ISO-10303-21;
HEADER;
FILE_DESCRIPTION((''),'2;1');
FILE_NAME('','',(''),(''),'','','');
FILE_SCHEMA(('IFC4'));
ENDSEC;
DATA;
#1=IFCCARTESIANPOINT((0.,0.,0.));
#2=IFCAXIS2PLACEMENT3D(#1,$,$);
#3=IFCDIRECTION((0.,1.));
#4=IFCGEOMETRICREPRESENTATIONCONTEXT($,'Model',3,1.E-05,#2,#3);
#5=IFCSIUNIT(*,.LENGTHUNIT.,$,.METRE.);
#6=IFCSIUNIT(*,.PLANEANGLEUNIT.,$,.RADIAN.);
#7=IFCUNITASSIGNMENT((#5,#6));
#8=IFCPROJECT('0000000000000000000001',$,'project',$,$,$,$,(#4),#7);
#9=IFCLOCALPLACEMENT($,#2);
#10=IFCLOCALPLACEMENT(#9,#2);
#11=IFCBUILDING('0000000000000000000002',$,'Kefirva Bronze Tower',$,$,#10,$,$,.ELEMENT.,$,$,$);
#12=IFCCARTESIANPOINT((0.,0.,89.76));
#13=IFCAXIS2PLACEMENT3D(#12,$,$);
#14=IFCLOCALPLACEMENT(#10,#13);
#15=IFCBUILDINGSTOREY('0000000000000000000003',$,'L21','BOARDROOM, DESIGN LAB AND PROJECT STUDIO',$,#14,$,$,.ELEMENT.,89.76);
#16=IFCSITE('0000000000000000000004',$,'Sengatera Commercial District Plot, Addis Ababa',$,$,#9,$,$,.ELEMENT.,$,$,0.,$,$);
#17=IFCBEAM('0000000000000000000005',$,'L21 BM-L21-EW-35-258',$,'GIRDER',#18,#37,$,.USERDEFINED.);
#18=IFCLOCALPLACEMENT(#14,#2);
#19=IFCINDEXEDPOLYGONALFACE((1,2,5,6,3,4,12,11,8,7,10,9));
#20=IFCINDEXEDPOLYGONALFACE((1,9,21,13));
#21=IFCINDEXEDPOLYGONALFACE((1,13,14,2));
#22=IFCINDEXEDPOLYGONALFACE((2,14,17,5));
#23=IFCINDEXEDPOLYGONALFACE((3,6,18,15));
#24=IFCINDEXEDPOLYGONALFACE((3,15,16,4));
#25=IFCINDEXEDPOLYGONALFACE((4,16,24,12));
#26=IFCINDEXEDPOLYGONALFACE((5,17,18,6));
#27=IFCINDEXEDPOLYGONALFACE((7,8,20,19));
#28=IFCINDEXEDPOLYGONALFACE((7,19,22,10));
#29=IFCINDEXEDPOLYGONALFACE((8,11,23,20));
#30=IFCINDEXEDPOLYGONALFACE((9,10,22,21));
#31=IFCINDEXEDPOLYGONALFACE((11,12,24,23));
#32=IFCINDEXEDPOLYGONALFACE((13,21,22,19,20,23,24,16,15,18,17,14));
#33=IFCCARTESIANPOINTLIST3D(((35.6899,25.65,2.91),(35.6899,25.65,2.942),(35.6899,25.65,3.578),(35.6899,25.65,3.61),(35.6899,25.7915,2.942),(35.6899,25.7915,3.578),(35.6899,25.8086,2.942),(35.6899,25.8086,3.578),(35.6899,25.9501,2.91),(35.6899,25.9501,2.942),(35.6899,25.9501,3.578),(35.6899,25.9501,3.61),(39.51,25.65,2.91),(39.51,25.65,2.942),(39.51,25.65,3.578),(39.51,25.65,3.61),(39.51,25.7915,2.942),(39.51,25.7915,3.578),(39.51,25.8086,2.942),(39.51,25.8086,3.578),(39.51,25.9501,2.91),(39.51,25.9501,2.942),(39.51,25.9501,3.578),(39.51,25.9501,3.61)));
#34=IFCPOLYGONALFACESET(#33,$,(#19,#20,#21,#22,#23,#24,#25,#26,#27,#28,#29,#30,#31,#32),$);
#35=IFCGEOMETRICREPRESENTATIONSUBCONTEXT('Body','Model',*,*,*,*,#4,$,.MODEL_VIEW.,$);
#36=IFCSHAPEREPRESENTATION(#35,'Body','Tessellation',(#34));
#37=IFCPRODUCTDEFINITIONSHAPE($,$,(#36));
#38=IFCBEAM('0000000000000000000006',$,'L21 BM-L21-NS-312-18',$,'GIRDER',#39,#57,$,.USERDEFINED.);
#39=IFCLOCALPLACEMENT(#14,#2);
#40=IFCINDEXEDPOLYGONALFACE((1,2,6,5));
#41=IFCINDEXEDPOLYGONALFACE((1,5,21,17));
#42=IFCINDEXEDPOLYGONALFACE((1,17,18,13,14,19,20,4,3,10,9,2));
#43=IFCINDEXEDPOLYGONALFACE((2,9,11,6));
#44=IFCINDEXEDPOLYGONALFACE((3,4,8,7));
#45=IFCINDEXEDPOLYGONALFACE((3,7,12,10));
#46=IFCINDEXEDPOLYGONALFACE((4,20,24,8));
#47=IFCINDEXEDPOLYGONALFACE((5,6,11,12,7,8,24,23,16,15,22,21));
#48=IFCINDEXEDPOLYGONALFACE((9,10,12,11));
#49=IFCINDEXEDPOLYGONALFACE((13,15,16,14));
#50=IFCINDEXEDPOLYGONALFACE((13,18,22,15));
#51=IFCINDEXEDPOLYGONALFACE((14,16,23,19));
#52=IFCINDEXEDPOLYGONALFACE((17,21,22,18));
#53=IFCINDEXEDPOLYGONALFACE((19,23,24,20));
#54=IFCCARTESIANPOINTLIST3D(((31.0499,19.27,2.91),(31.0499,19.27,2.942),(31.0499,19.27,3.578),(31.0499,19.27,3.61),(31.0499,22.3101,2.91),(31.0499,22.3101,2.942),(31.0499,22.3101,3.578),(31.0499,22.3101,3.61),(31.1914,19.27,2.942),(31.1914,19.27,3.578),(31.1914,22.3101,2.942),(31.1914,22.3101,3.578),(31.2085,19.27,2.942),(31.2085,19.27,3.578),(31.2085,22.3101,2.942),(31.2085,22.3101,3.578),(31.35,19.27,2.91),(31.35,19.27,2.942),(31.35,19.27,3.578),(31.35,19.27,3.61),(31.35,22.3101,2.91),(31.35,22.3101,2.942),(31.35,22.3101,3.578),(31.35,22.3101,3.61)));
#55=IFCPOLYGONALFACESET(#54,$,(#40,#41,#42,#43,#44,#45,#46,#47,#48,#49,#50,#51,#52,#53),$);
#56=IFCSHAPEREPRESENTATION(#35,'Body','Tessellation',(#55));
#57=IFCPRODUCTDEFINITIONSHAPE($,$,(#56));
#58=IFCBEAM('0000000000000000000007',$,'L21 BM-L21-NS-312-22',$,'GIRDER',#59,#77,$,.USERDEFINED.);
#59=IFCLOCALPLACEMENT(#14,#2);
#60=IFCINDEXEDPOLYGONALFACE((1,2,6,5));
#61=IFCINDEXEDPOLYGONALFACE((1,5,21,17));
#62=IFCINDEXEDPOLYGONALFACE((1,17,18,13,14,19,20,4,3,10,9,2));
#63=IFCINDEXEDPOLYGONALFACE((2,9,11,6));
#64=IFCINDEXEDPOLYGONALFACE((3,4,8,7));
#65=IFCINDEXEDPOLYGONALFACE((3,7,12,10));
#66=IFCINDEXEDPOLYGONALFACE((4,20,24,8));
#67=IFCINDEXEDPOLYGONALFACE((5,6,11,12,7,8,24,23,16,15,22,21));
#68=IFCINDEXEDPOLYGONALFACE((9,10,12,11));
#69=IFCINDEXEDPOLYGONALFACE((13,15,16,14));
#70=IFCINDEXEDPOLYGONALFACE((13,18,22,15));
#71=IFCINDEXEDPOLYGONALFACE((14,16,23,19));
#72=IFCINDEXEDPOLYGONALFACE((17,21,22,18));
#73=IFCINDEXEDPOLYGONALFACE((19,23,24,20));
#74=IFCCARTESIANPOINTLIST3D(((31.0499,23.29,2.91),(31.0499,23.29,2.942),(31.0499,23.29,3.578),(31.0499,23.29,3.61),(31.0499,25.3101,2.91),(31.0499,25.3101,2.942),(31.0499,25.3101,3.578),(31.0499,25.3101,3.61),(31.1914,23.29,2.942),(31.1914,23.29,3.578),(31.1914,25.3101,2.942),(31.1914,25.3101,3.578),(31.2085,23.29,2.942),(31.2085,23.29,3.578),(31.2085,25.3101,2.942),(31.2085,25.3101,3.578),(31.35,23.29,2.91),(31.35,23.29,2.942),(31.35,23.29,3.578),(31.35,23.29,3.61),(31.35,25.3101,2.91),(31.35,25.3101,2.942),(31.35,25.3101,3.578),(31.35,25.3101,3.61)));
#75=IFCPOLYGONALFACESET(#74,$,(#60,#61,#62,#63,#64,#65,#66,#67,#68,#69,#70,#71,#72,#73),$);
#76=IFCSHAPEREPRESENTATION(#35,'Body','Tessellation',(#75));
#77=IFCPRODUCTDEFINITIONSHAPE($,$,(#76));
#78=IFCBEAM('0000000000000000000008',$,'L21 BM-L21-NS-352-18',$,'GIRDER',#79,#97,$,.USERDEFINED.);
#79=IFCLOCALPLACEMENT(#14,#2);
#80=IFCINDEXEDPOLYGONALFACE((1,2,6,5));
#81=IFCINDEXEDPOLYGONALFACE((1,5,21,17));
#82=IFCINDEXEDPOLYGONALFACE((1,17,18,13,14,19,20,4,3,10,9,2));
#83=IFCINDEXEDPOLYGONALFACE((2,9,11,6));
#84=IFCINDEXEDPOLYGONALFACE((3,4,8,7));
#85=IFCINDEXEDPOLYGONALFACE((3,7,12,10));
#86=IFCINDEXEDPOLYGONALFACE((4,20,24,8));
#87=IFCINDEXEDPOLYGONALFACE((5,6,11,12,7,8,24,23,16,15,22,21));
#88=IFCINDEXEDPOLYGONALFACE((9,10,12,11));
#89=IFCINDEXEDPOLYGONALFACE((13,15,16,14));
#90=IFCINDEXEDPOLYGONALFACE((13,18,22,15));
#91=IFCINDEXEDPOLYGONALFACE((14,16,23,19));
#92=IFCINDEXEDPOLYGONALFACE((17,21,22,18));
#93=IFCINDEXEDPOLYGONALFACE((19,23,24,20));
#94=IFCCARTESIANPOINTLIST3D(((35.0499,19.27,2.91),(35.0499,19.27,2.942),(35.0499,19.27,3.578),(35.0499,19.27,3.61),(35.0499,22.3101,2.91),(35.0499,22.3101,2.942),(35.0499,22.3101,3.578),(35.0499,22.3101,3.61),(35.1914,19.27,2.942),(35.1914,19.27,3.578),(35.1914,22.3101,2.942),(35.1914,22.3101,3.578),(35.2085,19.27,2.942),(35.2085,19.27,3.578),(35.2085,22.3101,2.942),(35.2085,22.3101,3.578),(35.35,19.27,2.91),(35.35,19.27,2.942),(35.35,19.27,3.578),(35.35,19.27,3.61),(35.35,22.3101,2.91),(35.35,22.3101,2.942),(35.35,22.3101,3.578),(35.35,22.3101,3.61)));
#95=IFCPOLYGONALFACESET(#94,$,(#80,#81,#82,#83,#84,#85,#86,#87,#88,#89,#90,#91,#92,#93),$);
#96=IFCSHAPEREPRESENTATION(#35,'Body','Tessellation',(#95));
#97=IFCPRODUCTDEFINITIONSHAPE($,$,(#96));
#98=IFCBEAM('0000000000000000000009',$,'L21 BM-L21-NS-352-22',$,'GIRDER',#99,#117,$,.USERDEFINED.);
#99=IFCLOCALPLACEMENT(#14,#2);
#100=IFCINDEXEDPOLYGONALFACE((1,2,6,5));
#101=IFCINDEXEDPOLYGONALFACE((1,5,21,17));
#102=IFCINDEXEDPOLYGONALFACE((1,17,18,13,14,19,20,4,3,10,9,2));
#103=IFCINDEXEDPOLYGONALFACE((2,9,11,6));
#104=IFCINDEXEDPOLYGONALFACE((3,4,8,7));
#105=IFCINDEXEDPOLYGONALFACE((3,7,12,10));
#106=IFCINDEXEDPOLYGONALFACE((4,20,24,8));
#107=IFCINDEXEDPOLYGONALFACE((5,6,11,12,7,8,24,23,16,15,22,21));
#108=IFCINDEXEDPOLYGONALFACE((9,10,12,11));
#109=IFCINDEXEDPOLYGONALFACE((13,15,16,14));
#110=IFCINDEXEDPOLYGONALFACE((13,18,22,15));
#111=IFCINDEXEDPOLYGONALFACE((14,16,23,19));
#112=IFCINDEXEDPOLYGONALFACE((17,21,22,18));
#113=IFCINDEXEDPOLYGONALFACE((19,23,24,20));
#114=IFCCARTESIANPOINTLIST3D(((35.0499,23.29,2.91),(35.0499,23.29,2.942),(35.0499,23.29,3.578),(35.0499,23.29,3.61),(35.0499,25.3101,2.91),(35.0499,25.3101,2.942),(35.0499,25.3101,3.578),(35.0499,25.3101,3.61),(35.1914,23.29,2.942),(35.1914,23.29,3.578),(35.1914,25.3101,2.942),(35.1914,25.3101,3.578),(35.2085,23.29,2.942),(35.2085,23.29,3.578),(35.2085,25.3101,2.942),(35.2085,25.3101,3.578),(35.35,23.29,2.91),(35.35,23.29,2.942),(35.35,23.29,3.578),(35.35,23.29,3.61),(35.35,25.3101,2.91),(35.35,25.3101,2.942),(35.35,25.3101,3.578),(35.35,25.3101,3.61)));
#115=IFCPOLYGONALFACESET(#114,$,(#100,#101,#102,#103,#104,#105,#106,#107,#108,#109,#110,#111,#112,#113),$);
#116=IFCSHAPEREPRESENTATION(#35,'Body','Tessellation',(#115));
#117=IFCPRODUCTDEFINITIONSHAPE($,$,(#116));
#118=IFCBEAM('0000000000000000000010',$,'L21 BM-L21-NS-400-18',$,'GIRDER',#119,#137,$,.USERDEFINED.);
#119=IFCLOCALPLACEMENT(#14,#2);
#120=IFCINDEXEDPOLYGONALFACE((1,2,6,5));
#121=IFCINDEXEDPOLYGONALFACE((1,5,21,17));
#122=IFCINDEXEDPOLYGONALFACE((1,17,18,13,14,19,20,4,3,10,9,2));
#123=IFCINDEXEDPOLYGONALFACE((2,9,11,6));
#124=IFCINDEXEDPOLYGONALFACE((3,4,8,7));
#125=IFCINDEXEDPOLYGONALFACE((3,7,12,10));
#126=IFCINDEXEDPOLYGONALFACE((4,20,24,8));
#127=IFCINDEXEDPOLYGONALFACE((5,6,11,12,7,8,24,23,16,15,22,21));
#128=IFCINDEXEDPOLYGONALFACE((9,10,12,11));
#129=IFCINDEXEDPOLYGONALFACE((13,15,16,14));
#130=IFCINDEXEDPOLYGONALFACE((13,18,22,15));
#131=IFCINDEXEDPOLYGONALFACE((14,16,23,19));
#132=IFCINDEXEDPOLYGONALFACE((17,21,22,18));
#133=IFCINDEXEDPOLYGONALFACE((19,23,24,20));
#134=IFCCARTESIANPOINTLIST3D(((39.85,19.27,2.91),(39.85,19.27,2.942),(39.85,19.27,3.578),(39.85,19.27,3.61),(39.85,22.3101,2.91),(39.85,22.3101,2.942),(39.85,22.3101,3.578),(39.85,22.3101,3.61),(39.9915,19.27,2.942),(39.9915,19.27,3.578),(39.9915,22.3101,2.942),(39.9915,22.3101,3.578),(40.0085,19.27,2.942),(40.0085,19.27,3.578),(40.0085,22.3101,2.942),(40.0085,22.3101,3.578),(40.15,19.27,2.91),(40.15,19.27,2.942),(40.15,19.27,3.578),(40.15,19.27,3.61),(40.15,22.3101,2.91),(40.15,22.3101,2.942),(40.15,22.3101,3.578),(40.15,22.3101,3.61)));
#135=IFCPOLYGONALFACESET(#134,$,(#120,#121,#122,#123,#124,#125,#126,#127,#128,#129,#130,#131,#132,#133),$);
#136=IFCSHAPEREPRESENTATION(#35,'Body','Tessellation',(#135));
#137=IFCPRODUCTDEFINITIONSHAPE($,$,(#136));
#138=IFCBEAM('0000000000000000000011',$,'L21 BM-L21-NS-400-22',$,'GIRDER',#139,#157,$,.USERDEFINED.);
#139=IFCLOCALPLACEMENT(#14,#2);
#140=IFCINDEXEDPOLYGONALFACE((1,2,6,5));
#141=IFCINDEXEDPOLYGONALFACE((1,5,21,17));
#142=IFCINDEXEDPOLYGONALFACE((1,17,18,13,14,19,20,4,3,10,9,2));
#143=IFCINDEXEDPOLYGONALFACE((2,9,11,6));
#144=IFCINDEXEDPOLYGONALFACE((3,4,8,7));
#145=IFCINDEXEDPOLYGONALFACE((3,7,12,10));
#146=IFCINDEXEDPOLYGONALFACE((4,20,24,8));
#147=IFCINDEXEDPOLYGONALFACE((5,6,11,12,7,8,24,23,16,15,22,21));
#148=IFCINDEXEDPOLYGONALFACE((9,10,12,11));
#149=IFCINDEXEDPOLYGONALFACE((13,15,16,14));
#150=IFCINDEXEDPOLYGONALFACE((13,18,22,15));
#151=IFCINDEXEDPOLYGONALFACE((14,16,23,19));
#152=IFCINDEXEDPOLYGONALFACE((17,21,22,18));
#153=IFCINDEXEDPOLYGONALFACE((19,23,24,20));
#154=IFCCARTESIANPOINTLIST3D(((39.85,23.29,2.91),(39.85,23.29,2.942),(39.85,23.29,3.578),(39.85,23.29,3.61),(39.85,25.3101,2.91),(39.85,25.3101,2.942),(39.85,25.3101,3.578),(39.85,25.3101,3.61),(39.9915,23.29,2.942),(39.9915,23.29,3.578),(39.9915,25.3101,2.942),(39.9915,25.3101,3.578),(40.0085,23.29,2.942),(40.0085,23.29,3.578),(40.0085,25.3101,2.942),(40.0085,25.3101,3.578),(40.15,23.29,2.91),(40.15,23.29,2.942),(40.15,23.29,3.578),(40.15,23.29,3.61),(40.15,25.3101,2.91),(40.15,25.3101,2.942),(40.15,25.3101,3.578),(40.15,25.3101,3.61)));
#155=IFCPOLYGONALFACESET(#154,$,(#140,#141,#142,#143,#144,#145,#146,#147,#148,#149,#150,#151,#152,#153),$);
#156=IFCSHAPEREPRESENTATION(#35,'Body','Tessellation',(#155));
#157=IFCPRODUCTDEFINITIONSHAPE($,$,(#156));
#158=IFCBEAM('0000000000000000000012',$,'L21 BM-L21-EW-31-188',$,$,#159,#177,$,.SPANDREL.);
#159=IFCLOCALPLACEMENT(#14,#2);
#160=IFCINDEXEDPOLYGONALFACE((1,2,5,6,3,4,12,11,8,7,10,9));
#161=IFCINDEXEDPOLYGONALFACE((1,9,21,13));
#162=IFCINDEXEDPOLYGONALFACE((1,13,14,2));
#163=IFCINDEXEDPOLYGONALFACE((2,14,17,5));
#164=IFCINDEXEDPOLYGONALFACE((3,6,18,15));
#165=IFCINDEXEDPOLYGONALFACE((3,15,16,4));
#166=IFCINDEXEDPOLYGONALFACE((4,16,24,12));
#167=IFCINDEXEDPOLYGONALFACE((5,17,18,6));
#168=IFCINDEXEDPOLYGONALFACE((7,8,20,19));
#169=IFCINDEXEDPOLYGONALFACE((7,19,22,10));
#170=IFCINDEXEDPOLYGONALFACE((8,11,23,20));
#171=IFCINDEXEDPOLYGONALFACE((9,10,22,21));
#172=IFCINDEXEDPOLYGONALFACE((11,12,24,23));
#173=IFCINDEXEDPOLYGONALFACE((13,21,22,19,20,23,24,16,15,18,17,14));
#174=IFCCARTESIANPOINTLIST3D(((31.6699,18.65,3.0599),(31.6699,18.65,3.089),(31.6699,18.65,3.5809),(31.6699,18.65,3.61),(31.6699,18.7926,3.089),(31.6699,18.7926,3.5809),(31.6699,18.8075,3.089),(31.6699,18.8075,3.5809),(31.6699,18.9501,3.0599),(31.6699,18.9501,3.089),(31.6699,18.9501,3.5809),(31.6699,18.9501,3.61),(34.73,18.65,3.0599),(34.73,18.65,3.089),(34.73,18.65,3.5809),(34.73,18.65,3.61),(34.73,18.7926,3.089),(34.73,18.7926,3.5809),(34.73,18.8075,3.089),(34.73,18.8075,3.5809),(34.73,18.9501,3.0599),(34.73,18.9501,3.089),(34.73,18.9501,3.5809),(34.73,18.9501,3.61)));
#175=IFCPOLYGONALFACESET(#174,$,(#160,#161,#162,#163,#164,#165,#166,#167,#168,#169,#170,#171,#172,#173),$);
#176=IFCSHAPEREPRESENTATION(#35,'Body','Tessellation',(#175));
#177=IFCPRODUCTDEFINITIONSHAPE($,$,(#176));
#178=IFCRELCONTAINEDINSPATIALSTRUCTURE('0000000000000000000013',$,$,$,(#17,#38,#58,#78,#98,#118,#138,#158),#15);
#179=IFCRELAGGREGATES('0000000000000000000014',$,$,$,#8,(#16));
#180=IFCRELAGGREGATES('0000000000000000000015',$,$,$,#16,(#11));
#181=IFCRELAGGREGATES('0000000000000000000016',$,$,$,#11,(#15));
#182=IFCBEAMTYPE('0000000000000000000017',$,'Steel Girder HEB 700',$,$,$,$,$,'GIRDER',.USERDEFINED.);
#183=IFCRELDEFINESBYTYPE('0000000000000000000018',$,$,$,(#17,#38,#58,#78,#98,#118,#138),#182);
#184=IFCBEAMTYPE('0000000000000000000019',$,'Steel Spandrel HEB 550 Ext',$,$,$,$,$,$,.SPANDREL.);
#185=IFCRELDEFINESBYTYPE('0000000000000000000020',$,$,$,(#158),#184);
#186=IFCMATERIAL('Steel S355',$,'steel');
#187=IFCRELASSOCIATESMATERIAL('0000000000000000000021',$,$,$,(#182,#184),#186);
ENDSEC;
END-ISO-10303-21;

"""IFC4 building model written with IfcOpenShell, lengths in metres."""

from ifc_helpers import new_model, si_unit, direction, frame, origin, origin_2d, place, context, subcontext, project, spatial, i_section, extrude, material, material_profile, profile_set, type_object, element, save


model = new_model("IFC4")

# Units and contexts
model_context = context("Model", 3, precision=1e-05, world=origin(), true_north=direction((0.0, 1.0)))
body_context = subcontext(model_context, "Body", "Model", "MODEL_VIEW")
ifc_project = project(units=[si_unit("LENGTHUNIT", "METRE"), si_unit("PLANEANGLEUNIT", "RADIAN")], contexts=[model_context])

# Site, building, storey
site_placement = place(None, origin())
site = spatial("IfcSite", under=ifc_project, at=site_placement, Name="Sengatera Commercial District Plot, Addis Ababa", CompositionType="ELEMENT", RefElevation=0.0)
building_placement = place(site_placement, origin())
building = spatial("IfcBuilding", under=site, at=building_placement, Name="Kefirva Bronze Tower", CompositionType="ELEMENT")
storey_placement = place(building_placement, frame((0.0, 0.0, 89.76)))
storey = spatial("IfcBuildingStorey", under=building, at=storey_placement, Name="L21", Description="BOARDROOM, DESIGN LAB AND PROJECT STUDIO", CompositionType="ELEMENT", Elevation=89.76)

# Beams
ifc_material_1 = material(Name="Steel S355", Category="steel")
ifc_material_profile_1 = material_profile(ifc_material_1, i_section(OverallWidth=0.3, OverallDepth=0.7, WebThickness=0.0171, FlangeThickness=0.032, at=origin_2d()), Name="HEB 700")
ifc_profile_set_1 = profile_set([ifc_material_profile_1], Name="Steel S355")
beam_type_1 = type_object("IfcBeamType", Name="Steel Girder HEB 700", ElementType="GIRDER", PredefinedType="USERDEFINED", material=ifc_profile_set_1)
beam_1_placement = place(storey_placement, frame((35.6899, 25.8, 3.26), z_axis=(1.0, 0.0, 0.0), x_axis=(0.0, 1.0, 0.0)))
element("IfcBeam", 1, at=beam_1_placement, inside=storey, type_object=beam_type_1, Name="L21 BM-L21-EW-35-258", ObjectType="GIRDER", PredefinedType="USERDEFINED", context=body_context, shape_type="SweptSolid", body=[
    extrude(i_section(OverallWidth=0.3, OverallDepth=0.7, WebThickness=0.0171, FlangeThickness=0.032, at=origin_2d()), origin(), (0.0, 0.0, 1.0), 3.8201),
])
beam_2_placement = place(storey_placement, frame((31.2, 19.27, 3.26), z_axis=(0.0, 1.0, 0.0), x_axis=(-1.0, 0.0, 0.0)))
element("IfcBeam", 2, at=beam_2_placement, inside=storey, type_object=beam_type_1, Name="L21 BM-L21-NS-312-18", ObjectType="GIRDER", PredefinedType="USERDEFINED", context=body_context, shape_type="SweptSolid", body=[
    extrude(i_section(OverallWidth=0.3, OverallDepth=0.7, WebThickness=0.0171, FlangeThickness=0.032, at=origin_2d()), origin(), (0.0, 0.0, 1.0), 3.04),
])
beam_3_placement = place(storey_placement, frame((31.2, 23.29, 3.26), z_axis=(0.0, 1.0, 0.0), x_axis=(-1.0, 0.0, 0.0)))
element("IfcBeam", 3, at=beam_3_placement, inside=storey, type_object=beam_type_1, Name="L21 BM-L21-NS-312-22", ObjectType="GIRDER", PredefinedType="USERDEFINED", context=body_context, shape_type="SweptSolid", body=[
    extrude(i_section(OverallWidth=0.3, OverallDepth=0.7, WebThickness=0.0171, FlangeThickness=0.032, at=origin_2d()), origin(), (0.0, 0.0, 1.0), 2.02),
])
beam_4_placement = place(storey_placement, frame((35.2, 19.27, 3.26), z_axis=(0.0, 1.0, 0.0), x_axis=(-1.0, 0.0, 0.0)))
element("IfcBeam", 4, at=beam_4_placement, inside=storey, type_object=beam_type_1, Name="L21 BM-L21-NS-352-18", ObjectType="GIRDER", PredefinedType="USERDEFINED", context=body_context, shape_type="SweptSolid", body=[
    extrude(i_section(OverallWidth=0.3, OverallDepth=0.7, WebThickness=0.0171, FlangeThickness=0.032, at=origin_2d()), origin(), (0.0, 0.0, 1.0), 3.04),
])
beam_5_placement = place(storey_placement, frame((35.2, 23.29, 3.26), z_axis=(0.0, 1.0, 0.0), x_axis=(-1.0, 0.0, 0.0)))
element("IfcBeam", 5, at=beam_5_placement, inside=storey, type_object=beam_type_1, Name="L21 BM-L21-NS-352-22", ObjectType="GIRDER", PredefinedType="USERDEFINED", context=body_context, shape_type="SweptSolid", body=[
    extrude(i_section(OverallWidth=0.3, OverallDepth=0.7, WebThickness=0.0171, FlangeThickness=0.032, at=origin_2d()), origin(), (0.0, 0.0, 1.0), 2.02),
])
beam_6_placement = place(storey_placement, frame((40.0, 19.27, 3.26), z_axis=(0.0, 1.0, 0.0), x_axis=(-1.0, 0.0, 0.0)))
element("IfcBeam", 6, at=beam_6_placement, inside=storey, type_object=beam_type_1, Name="L21 BM-L21-NS-400-18", ObjectType="GIRDER", PredefinedType="USERDEFINED", context=body_context, shape_type="SweptSolid", body=[
    extrude(i_section(OverallWidth=0.3, OverallDepth=0.7, WebThickness=0.0171, FlangeThickness=0.032, at=origin_2d()), origin(), (0.0, 0.0, 1.0), 3.04),
])
beam_7_placement = place(storey_placement, frame((40.0, 23.29, 3.26), z_axis=(0.0, 1.0, 0.0), x_axis=(-1.0, 0.0, 0.0)))
element("IfcBeam", 7, at=beam_7_placement, inside=storey, type_object=beam_type_1, Name="L21 BM-L21-NS-400-22", ObjectType="GIRDER", PredefinedType="USERDEFINED", context=body_context, shape_type="SweptSolid", body=[
    extrude(i_section(OverallWidth=0.3, OverallDepth=0.7, WebThickness=0.0171, FlangeThickness=0.032, at=origin_2d()), origin(), (0.0, 0.0, 1.0), 2.02),
])
ifc_material_profile_2 = material_profile(ifc_material_1, i_section(OverallWidth=0.3, OverallDepth=0.55, WebThickness=0.0149, FlangeThickness=0.0291, at=origin_2d()), Name="HEB 550")
ifc_profile_set_2 = profile_set([ifc_material_profile_2], Name="Steel S355")
beam_type_2 = type_object("IfcBeamType", Name="Steel Spandrel HEB 550 Ext", PredefinedType="SPANDREL", material=ifc_profile_set_2)
beam_8_placement = place(storey_placement, frame((31.6699, 18.8, 3.335), z_axis=(1.0, 0.0, 0.0), x_axis=(0.0, 1.0, 0.0)))
element("IfcBeam", 8, at=beam_8_placement, inside=storey, type_object=beam_type_2, Name="L21 BM-L21-EW-31-188", PredefinedType="SPANDREL", context=body_context, shape_type="SweptSolid", body=[
    extrude(i_section(OverallWidth=0.3, OverallDepth=0.55, WebThickness=0.0149, FlangeThickness=0.0291, at=origin_2d()), origin(), (0.0, 0.0, 1.0), 3.0601),
])

save(model, "model.ifc")
